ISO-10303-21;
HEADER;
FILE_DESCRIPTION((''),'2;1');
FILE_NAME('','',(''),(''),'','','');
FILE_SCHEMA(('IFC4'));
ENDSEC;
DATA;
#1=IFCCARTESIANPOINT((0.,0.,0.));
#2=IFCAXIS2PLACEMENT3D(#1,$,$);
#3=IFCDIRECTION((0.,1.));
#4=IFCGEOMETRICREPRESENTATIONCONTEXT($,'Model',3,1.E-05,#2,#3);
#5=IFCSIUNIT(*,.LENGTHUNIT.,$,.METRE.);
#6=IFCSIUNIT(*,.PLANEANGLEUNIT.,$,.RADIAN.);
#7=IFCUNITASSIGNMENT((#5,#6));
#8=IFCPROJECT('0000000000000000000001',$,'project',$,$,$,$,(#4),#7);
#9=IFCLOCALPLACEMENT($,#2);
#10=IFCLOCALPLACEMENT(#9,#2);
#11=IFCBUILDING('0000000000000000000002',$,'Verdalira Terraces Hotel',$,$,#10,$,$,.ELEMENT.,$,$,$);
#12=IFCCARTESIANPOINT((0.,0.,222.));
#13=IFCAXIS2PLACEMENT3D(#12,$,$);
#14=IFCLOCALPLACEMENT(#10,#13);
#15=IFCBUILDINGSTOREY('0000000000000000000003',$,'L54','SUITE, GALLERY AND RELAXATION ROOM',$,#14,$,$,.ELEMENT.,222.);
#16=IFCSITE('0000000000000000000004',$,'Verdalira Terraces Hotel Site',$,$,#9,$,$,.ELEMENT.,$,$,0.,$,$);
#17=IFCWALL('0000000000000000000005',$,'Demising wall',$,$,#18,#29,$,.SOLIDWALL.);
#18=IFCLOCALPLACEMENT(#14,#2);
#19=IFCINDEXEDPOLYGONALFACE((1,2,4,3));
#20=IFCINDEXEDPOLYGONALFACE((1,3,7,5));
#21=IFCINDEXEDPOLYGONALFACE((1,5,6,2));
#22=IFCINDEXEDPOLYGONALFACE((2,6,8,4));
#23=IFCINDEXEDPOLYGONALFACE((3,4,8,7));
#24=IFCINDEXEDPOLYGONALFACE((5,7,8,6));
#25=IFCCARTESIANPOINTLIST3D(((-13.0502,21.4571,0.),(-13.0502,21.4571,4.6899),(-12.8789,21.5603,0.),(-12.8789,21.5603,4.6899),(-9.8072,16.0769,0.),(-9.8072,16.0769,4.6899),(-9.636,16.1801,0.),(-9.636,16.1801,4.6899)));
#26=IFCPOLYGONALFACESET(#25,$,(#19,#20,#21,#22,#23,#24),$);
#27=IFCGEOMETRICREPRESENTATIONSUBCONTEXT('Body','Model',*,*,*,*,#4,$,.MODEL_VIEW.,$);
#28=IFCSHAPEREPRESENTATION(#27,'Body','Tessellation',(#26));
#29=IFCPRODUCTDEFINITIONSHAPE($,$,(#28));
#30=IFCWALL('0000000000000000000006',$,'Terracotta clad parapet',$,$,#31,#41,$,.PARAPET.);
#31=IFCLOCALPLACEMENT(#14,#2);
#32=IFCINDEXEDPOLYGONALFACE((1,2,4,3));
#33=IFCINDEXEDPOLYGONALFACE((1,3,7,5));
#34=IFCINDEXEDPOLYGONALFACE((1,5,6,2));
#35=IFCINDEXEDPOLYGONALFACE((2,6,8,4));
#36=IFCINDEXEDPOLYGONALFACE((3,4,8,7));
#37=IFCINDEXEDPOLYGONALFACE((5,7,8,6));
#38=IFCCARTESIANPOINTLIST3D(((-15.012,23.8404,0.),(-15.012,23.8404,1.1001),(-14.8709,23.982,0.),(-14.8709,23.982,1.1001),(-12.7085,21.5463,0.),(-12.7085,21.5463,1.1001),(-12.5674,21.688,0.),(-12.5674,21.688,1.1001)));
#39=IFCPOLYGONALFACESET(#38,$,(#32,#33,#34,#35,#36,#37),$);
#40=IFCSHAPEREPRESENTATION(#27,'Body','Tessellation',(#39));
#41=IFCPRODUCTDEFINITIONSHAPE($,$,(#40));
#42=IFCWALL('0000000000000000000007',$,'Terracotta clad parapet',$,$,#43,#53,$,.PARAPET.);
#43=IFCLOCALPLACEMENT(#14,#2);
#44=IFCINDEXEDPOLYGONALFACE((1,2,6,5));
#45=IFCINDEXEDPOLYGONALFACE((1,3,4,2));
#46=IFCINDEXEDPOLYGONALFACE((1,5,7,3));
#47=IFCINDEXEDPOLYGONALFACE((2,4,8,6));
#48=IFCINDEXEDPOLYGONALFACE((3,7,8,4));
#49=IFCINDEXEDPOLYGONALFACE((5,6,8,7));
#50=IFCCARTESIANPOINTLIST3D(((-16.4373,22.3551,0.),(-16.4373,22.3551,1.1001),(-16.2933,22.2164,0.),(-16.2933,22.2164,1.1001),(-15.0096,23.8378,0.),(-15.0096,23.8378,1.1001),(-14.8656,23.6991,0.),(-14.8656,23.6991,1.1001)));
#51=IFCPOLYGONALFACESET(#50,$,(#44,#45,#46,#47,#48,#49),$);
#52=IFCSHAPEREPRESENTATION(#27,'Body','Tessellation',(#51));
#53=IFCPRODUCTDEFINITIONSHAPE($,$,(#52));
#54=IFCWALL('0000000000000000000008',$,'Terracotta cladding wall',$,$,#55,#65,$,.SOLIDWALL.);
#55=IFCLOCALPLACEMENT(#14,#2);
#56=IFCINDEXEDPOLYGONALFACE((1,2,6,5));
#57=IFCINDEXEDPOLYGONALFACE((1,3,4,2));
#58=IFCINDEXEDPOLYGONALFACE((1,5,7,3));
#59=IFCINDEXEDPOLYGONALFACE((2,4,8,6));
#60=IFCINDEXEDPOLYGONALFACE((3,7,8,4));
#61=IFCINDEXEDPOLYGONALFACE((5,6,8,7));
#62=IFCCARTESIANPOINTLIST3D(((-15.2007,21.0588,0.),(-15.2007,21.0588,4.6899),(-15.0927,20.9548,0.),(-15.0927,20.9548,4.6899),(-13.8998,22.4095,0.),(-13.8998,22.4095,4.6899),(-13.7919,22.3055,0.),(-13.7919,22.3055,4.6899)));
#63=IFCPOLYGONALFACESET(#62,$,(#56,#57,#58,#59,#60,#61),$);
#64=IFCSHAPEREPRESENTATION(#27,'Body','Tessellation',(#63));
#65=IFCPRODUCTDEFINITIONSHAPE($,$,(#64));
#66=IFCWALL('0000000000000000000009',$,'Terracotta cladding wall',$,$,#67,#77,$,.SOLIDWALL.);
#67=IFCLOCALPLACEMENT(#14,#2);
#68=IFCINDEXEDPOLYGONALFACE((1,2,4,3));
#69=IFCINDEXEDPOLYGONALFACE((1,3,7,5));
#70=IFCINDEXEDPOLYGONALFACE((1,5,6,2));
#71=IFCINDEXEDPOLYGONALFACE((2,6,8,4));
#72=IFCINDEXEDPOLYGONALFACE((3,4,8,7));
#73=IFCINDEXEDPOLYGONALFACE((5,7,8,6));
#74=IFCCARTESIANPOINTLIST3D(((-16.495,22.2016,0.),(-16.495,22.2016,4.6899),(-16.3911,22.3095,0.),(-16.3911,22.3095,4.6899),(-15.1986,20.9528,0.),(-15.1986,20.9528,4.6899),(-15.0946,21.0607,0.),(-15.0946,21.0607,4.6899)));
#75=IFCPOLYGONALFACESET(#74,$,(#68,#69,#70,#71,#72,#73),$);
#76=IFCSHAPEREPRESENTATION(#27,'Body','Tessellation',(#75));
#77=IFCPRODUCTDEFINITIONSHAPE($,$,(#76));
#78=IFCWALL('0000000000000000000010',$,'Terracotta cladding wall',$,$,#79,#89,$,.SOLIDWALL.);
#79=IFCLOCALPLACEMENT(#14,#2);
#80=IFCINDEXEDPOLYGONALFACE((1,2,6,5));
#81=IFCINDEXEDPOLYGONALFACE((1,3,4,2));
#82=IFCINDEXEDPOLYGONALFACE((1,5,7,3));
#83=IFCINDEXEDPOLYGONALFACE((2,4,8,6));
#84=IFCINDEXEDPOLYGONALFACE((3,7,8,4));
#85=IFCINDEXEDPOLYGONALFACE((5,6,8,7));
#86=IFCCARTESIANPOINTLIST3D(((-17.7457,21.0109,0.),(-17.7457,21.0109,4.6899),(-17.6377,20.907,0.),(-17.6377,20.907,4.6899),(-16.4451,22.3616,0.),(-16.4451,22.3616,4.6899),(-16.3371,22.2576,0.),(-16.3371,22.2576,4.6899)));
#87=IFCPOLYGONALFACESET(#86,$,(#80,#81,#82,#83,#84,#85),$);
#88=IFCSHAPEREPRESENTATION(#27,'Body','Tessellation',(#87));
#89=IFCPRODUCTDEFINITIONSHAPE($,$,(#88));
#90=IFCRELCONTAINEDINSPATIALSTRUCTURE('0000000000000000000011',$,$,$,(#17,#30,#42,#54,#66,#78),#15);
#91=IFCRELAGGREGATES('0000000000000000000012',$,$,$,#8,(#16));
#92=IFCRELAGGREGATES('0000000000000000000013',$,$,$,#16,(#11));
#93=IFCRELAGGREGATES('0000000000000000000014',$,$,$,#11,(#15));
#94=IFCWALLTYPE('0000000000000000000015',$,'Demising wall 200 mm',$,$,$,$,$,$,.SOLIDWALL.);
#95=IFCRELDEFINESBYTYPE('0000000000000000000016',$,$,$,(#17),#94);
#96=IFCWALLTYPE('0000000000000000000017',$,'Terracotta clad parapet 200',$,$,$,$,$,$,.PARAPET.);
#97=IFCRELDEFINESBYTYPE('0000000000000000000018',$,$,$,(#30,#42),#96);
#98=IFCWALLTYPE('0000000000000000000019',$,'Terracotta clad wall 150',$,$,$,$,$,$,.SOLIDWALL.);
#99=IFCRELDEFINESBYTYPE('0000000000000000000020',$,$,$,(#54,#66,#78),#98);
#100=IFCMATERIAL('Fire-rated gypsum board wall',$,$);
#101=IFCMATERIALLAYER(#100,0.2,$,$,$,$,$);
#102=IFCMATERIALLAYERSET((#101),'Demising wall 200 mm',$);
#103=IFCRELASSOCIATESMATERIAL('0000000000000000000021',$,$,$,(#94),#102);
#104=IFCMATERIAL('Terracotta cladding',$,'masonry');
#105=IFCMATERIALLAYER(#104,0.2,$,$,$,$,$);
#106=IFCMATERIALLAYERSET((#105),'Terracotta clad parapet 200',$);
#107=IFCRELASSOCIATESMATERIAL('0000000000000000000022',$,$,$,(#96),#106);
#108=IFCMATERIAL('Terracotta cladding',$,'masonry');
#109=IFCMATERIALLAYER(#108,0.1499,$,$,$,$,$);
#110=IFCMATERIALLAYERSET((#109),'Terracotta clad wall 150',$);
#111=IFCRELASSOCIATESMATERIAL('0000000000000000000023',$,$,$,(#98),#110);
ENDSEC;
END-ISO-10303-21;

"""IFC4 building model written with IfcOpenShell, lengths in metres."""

from ifc_helpers import new_model, si_unit, direction, frame, frame_2d, origin, place, context, subcontext, project, spatial, rectangle, extrude, material, layer, layer_set, type_object, element, save


model = new_model("IFC4")

# Units and contexts
model_context = context("Model", 3, precision=1e-05, world=origin(), true_north=direction((0.0, 1.0)))
body_context = subcontext(model_context, "Body", "Model", "MODEL_VIEW")
ifc_project = project(units=[si_unit("LENGTHUNIT", "METRE"), si_unit("PLANEANGLEUNIT", "RADIAN")], contexts=[model_context])

# Site, building, storey
site_placement = place(None, origin())
site = spatial("IfcSite", under=ifc_project, at=site_placement, Name="Verdalira Terraces Hotel Site", CompositionType="ELEMENT", RefElevation=0.0)
building_placement = place(site_placement, origin())
building = spatial("IfcBuilding", under=site, at=building_placement, Name="Verdalira Terraces Hotel", CompositionType="ELEMENT")
storey_placement = place(building_placement, frame((0.0, 0.0, 222.0)))
storey = spatial("IfcBuildingStorey", under=building, at=storey_placement, Name="L54", Description="SUITE, GALLERY AND RELAXATION ROOM", CompositionType="ELEMENT", Elevation=222.0)

# Walls
ifc_material_1 = material(Name="Fire-rated gypsum board wall")
ifc_layer_1 = layer(ifc_material_1, 0.2)
ifc_layer_set_1 = layer_set([ifc_layer_1], Name="Demising wall 200 mm")
wall_type_1 = type_object("IfcWallType", Name="Demising wall 200 mm", PredefinedType="SOLIDWALL", material=ifc_layer_set_1)
wall_1_placement = place(storey_placement, frame((-12.9646, 21.5088, 0.0), z_axis=(0.0, 0.0, 1.0), x_axis=(0.516232, -0.856449, 0.0)))
element("IfcWall", 1, at=wall_1_placement, inside=storey, type_object=wall_type_1, Name="Demising wall", PredefinedType="SOLIDWALL", context=body_context, shape_type="SweptSolid", body=[
    extrude(rectangle(XDim=6.282, YDim=0.2, at=frame_2d((3.1411, 0.0))), origin(), (0.0, 0.0, 1.0), 4.6899),
])
ifc_material_2 = material(Name="Terracotta cladding", Category="masonry")
ifc_layer_2 = layer(ifc_material_2, 0.2)
ifc_layer_set_2 = layer_set([ifc_layer_2], Name="Terracotta clad parapet 200")
wall_type_2 = type_object("IfcWallType", Name="Terracotta clad parapet 200", PredefinedType="PARAPET", material=ifc_layer_set_2)
wall_2_placement = place(storey_placement, frame((-12.6379, 21.6172, 0.0), z_axis=(0.0, 0.0, 1.0), x_axis=(-0.70857, 0.705641, 0.0)))
element("IfcWall", 2, at=wall_2_placement, inside=storey, type_object=wall_type_2, Name="Terracotta clad parapet", PredefinedType="PARAPET", context=body_context, shape_type="SweptSolid", body=[
    extrude(rectangle(XDim=3.251, YDim=0.2, at=frame_2d((1.6255, 0.0))), origin(), (0.0, 0.0, 1.0), 1.1001),
])
wall_3_placement = place(storey_placement, frame((-14.9375, 23.7686, 0.0), z_axis=(0.0, 0.0, 1.0), x_axis=(-0.693637, -0.720325, 0.0)))
element("IfcWall", 3, at=wall_3_placement, inside=storey, type_object=wall_type_2, Name="Terracotta clad parapet", PredefinedType="PARAPET", context=body_context, shape_type="SweptSolid", body=[
    extrude(rectangle(XDim=2.0583, YDim=0.2, at=frame_2d((1.0293, 0.0))), origin(), (0.0, 0.0, 1.0), 1.1001),
])
ifc_material_3 = material(Name="Terracotta cladding", Category="masonry")
ifc_layer_3 = layer(ifc_material_3, 0.1499)
ifc_layer_set_3 = layer_set([ifc_layer_3], Name="Terracotta clad wall 150")
wall_type_3 = type_object("IfcWallType", Name="Terracotta clad wall 150", PredefinedType="SOLIDWALL", material=ifc_layer_set_3)
wall_4_placement = place(storey_placement, frame((-13.8459, 22.3574, 0.0), z_axis=(0.0, 0.0, 1.0), x_axis=(-0.693702, -0.720262, 0.0)))
element("IfcWall", 4, at=wall_4_placement, inside=storey, type_object=wall_type_3, Name="Terracotta cladding wall", PredefinedType="SOLIDWALL", context=body_context, shape_type="SweptSolid", body=[
    extrude(rectangle(XDim=1.8752, YDim=0.1499, at=frame_2d((0.9375, 0.0))), origin(), (0.0, 0.0, 1.0), 4.6899),
])
wall_5_placement = place(storey_placement, frame((-15.1467, 21.0068, 0.0), z_axis=(0.0, 0.0, 1.0), x_axis=(-0.720207, 0.693759, 0.0)))
element("IfcWall", 5, at=wall_5_placement, inside=storey, type_object=wall_type_3, Name="Terracotta cladding wall", PredefinedType="SOLIDWALL", context=body_context, shape_type="SweptSolid", body=[
    extrude(rectangle(XDim=1.8, YDim=0.1499, at=frame_2d((0.8999, 0.0))), origin(), (0.0, 0.0, 1.0), 4.6899),
])
wall_6_placement = place(storey_placement, frame((-16.3911, 22.3096, 0.0), z_axis=(0.0, 0.0, 1.0), x_axis=(-0.693634, -0.720327, 0.0)))
element("IfcWall", 6, at=wall_6_placement, inside=storey, type_object=wall_type_3, Name="Terracotta cladding wall", PredefinedType="SOLIDWALL", context=body_context, shape_type="SweptSolid", body=[
    extrude(rectangle(XDim=1.875, YDim=0.1499, at=frame_2d((0.9375, 0.0))), origin(), (0.0, 0.0, 1.0), 4.6899),
])

save(model, "model.ifc")
